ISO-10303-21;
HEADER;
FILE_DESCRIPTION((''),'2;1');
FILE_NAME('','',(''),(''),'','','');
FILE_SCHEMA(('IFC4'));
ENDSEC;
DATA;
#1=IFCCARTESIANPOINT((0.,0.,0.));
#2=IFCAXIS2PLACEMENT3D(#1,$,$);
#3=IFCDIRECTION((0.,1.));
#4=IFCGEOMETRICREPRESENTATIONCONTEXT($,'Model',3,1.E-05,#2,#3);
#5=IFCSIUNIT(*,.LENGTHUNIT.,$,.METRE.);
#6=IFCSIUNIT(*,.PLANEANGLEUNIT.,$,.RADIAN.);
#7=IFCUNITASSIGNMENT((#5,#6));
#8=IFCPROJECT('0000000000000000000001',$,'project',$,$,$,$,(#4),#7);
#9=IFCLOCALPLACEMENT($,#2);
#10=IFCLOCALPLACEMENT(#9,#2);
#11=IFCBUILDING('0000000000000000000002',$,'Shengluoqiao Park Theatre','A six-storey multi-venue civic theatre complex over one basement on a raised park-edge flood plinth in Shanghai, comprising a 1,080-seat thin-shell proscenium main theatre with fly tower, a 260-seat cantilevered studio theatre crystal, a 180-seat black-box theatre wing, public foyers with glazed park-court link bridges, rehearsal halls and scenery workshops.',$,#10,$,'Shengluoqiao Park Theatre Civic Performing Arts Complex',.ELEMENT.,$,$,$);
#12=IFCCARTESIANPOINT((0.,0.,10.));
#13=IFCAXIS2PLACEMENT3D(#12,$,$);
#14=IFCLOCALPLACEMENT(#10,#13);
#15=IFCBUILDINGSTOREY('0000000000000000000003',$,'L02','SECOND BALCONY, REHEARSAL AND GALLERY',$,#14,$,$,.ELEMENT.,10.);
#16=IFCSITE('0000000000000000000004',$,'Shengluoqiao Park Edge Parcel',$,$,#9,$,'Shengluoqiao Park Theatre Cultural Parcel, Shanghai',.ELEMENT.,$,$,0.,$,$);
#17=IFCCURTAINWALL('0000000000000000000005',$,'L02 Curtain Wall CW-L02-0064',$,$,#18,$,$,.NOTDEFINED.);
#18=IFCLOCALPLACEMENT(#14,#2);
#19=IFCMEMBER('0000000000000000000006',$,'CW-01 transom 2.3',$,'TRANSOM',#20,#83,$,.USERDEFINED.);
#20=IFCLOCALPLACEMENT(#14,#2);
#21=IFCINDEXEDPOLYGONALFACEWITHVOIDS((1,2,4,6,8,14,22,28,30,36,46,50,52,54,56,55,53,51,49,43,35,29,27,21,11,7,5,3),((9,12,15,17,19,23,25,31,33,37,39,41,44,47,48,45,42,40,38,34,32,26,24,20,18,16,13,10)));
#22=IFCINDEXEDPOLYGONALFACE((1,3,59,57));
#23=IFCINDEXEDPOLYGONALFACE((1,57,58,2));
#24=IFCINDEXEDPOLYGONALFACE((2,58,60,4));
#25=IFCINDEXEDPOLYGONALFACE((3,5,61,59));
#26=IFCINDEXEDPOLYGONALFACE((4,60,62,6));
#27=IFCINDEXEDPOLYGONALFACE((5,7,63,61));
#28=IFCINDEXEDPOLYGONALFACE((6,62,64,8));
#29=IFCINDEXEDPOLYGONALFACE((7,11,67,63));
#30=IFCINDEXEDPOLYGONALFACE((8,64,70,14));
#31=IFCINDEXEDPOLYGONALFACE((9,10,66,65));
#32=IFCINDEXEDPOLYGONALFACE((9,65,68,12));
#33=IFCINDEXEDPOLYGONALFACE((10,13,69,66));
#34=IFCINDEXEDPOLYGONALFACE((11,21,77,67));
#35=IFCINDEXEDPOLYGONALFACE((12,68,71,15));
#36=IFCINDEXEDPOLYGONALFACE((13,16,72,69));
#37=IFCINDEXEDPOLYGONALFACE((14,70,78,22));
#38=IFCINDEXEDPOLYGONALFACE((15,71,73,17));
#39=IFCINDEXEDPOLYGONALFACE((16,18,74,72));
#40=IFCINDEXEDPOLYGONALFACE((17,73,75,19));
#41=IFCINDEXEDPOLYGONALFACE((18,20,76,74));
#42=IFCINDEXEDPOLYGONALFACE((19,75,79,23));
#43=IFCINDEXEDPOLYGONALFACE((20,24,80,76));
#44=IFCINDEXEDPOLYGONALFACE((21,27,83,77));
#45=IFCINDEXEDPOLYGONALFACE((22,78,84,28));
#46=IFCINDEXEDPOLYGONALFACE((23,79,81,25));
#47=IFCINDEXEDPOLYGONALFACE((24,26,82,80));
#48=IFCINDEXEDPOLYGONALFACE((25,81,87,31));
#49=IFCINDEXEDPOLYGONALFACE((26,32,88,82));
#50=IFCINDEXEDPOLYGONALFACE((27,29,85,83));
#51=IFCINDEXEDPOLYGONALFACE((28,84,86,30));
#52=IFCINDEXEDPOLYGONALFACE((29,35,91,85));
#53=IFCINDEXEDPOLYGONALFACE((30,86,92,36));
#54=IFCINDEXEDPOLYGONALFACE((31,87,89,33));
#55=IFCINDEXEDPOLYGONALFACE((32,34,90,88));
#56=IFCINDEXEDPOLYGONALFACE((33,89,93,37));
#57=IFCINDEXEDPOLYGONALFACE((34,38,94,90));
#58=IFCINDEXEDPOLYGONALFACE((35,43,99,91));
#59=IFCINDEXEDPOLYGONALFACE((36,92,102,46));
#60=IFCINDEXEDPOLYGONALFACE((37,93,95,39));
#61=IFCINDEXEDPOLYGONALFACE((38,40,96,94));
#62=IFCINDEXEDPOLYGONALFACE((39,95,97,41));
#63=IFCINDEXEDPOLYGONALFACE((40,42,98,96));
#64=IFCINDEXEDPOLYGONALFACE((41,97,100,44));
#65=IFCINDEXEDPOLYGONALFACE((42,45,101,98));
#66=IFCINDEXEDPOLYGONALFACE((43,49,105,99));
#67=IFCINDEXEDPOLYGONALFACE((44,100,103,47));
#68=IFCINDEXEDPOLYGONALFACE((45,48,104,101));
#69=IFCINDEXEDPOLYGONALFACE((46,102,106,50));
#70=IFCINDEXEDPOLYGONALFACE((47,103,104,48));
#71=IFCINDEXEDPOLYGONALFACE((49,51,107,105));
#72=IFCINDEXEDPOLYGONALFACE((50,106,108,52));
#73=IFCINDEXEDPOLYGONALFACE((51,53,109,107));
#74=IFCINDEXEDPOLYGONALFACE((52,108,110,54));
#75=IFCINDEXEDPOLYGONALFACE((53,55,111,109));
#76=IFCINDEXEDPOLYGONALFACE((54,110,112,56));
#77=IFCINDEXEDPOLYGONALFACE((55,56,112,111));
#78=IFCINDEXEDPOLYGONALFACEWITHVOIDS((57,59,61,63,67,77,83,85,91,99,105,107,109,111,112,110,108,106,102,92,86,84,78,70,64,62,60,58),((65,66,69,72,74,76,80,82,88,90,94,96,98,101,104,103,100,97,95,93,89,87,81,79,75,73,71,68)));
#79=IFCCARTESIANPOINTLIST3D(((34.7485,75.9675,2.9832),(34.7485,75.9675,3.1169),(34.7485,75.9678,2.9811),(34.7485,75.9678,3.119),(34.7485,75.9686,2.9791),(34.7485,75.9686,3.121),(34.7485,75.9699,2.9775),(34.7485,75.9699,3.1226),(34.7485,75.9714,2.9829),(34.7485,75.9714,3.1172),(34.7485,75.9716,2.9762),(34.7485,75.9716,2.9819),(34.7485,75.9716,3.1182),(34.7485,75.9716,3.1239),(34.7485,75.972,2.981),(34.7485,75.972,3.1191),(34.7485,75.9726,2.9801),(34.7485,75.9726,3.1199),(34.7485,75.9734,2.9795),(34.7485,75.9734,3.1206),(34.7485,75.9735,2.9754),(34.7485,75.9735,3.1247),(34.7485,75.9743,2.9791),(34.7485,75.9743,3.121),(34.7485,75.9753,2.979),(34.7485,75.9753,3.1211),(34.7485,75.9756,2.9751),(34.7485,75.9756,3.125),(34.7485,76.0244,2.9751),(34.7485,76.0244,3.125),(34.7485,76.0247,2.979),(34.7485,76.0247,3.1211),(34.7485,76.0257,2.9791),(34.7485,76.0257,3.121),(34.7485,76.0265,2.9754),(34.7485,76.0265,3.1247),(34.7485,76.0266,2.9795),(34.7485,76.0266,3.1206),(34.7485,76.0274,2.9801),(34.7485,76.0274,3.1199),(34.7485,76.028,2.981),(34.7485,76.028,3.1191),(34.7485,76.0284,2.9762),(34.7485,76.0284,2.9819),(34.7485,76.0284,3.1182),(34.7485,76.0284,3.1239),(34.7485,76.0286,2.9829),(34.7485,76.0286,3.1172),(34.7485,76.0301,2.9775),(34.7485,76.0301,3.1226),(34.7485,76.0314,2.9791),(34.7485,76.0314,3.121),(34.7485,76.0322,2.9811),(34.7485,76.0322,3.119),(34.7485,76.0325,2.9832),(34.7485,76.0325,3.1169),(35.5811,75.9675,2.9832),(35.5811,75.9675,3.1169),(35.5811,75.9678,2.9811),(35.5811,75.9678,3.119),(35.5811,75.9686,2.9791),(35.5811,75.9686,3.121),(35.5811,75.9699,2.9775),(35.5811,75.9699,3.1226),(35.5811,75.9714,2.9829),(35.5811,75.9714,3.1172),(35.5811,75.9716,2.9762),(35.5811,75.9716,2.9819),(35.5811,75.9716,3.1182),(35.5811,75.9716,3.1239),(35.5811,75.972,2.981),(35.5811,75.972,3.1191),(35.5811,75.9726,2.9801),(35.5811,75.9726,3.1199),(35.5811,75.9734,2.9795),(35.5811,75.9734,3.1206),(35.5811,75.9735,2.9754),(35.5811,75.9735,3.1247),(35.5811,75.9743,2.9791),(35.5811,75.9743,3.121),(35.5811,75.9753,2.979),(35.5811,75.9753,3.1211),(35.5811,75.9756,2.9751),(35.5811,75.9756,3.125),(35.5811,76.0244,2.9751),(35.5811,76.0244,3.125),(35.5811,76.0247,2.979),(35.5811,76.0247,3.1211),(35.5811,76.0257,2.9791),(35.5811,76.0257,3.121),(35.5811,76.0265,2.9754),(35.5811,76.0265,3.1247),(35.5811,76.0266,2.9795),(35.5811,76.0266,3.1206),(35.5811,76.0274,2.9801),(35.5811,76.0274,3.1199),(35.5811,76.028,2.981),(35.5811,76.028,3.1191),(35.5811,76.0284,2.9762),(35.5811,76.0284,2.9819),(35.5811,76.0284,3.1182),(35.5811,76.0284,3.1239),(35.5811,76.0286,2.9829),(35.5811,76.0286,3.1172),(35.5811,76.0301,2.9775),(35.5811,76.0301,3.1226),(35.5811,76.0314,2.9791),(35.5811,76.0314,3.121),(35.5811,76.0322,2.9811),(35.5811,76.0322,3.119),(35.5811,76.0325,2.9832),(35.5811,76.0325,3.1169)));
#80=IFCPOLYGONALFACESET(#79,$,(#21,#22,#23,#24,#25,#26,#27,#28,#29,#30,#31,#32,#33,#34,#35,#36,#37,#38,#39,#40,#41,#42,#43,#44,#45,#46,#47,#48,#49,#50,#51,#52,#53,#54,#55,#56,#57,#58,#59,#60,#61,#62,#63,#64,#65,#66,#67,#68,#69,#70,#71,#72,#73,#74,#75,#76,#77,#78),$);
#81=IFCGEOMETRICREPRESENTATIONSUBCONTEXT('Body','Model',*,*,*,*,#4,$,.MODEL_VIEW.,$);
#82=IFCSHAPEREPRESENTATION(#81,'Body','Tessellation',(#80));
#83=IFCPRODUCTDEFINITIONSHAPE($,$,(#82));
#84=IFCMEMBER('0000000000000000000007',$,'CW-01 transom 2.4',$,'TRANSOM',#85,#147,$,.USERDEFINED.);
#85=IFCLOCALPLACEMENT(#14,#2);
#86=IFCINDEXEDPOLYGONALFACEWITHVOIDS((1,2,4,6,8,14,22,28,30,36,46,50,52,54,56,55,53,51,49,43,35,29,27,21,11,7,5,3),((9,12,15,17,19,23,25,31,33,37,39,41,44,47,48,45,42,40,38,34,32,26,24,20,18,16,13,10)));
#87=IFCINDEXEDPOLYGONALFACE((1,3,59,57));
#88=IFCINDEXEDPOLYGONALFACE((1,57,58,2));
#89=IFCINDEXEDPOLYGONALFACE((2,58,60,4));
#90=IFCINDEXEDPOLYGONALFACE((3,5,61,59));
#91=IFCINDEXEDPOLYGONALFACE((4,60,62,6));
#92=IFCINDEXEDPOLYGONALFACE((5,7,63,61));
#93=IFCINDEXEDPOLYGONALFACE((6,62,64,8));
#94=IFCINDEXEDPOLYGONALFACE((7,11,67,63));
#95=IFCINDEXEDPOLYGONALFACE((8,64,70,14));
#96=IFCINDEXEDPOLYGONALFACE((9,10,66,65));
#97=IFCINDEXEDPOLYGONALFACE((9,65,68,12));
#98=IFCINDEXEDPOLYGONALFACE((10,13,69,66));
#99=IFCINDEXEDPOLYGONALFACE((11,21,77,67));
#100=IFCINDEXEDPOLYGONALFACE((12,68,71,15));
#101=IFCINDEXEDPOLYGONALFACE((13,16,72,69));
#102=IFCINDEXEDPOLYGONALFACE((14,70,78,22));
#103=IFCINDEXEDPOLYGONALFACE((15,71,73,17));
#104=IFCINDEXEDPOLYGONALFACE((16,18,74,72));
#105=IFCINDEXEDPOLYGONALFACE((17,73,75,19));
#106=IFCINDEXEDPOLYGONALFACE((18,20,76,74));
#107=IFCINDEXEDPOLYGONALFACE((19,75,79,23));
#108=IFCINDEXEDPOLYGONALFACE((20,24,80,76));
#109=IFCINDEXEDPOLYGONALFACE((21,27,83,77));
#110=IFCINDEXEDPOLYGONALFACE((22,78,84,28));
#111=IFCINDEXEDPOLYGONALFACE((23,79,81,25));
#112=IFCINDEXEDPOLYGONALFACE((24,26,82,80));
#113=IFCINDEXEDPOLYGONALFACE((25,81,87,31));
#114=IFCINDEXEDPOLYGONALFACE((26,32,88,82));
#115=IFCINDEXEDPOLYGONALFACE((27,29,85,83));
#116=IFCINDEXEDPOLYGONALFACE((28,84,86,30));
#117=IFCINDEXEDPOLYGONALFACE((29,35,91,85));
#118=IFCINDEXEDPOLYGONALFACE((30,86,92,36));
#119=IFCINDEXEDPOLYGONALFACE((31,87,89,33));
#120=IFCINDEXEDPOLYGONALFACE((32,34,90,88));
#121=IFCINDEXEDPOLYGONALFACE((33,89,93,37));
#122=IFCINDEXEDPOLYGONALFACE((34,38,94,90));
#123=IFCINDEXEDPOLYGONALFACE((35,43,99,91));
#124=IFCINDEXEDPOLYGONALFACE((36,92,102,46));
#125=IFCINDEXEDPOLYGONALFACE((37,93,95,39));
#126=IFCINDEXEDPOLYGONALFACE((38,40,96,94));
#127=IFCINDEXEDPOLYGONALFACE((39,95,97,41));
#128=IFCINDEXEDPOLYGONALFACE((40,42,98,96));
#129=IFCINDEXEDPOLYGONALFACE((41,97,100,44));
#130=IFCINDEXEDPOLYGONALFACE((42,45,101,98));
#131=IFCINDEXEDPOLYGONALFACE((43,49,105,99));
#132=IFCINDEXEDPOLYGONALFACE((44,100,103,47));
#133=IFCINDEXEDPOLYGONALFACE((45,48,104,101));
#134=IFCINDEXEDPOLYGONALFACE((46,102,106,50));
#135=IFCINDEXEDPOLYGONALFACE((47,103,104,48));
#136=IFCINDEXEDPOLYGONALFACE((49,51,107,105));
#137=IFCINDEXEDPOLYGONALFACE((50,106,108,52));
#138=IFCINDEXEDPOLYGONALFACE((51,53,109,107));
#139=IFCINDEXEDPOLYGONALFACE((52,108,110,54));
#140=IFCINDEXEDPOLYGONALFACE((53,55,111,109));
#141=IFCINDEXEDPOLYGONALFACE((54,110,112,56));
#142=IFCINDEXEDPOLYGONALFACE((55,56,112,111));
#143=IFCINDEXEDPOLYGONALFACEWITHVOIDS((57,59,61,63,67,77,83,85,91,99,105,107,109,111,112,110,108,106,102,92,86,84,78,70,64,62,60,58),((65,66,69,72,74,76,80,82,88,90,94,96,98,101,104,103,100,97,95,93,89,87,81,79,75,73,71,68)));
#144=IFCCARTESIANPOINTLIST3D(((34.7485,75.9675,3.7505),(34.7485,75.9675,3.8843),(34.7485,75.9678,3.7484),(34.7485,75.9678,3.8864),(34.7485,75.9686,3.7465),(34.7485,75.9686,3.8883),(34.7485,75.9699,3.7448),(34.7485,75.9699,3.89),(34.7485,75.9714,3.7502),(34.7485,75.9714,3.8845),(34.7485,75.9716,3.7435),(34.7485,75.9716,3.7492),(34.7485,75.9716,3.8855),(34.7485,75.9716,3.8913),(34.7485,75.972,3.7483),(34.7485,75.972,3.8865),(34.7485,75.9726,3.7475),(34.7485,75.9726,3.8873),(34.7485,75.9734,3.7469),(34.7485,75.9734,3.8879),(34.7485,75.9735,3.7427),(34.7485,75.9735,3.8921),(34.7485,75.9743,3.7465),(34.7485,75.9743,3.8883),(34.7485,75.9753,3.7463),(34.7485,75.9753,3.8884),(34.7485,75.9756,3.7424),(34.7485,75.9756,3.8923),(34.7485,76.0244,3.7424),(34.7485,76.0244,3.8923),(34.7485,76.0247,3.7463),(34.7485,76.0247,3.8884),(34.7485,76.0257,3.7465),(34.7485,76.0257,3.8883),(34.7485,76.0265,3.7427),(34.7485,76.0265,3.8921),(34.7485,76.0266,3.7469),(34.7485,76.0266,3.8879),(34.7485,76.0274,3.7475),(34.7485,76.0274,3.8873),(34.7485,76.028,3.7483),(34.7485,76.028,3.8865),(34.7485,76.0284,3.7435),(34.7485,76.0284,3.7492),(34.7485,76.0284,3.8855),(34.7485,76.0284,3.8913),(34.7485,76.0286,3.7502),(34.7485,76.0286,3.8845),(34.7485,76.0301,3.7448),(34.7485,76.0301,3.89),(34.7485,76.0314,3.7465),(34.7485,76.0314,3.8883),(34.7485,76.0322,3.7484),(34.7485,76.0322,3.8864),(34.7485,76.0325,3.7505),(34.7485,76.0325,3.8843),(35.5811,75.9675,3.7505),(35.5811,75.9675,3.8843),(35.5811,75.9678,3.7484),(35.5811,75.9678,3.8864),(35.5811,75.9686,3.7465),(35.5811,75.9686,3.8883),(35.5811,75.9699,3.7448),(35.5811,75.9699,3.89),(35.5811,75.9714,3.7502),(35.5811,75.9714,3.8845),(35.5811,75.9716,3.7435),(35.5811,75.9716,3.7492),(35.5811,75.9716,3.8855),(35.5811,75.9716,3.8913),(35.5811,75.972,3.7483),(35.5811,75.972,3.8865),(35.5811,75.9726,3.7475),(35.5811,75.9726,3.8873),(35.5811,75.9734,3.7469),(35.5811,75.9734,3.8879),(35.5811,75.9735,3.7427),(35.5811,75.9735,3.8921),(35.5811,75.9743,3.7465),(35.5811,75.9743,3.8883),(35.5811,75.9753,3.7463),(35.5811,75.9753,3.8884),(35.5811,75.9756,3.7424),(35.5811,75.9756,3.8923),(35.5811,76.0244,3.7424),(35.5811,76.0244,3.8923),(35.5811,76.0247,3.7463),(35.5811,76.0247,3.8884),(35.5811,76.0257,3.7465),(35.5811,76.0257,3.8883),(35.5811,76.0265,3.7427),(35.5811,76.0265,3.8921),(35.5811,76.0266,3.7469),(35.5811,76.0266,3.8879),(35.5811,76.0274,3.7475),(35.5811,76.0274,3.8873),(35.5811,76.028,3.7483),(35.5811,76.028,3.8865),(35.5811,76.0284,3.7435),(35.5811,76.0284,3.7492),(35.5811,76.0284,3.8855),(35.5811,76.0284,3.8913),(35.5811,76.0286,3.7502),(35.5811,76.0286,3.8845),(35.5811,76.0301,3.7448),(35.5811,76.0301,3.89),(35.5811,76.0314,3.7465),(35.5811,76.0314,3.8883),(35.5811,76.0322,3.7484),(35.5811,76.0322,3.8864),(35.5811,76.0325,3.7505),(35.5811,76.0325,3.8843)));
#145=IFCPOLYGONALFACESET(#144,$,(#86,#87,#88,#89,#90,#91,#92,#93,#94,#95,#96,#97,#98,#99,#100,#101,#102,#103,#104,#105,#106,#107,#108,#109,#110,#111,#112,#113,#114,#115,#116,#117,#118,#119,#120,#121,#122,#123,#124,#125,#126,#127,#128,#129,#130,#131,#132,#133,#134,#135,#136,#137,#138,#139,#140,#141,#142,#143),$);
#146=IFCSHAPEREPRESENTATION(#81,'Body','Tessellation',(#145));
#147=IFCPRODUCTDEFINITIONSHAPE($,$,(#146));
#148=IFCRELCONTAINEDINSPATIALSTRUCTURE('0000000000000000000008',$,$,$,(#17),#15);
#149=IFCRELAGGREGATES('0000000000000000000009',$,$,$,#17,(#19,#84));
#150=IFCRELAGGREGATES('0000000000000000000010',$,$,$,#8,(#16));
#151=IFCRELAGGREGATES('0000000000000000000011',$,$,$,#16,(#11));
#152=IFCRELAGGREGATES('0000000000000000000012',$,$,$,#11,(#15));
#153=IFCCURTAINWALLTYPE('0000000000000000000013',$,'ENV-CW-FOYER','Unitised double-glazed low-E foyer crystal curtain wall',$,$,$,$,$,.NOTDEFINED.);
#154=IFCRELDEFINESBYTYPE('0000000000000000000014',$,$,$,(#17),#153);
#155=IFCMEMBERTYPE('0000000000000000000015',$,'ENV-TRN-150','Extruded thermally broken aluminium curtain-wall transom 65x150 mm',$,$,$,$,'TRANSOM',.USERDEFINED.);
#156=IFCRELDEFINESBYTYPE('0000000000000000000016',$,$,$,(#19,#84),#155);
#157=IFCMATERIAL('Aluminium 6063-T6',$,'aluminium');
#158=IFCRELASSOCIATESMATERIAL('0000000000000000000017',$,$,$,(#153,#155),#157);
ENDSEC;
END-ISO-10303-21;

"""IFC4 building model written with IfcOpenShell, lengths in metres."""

from ifc_helpers import new_model, si_unit, direction, frame, origin, origin_2d, place, context, subcontext, project, spatial, hollow_rectangle, extrude, material, material_profile, profile_set, type_object, element, aggregate, save


model = new_model("IFC4")

# Units and contexts
model_context = context("Model", 3, precision=1e-05, world=origin(), true_north=direction((0.0, 1.0)))
body_context = subcontext(model_context, "Body", "Model", "MODEL_VIEW")
ifc_project = project(units=[si_unit("LENGTHUNIT", "METRE"), si_unit("PLANEANGLEUNIT", "RADIAN")], contexts=[model_context])

# Site, building, storey
site_placement = place(None, origin())
site = spatial("IfcSite", under=ifc_project, at=site_placement, Name="Shengluoqiao Park Edge Parcel", LongName="Shengluoqiao Park Theatre Cultural Parcel, Shanghai", CompositionType="ELEMENT", RefElevation=0.0)
building_placement = place(site_placement, origin())
building = spatial("IfcBuilding", under=site, at=building_placement, Name="Shengluoqiao Park Theatre", Description="A six-storey multi-venue civic theatre complex over one basement on a raised park-edge flood plinth in Shanghai, comprising a 1,080-seat thin-shell proscenium main theatre with fly tower, a 260-seat cantilevered studio theatre crystal, a 180-seat black-box theatre wing, public foyers with glazed park-court link bridges, rehearsal halls and scenery workshops.", LongName="Shengluoqiao Park Theatre Civic Performing Arts Complex", CompositionType="ELEMENT")
storey_placement = place(building_placement, frame((0.0, 0.0, 10.0)))
storey = spatial("IfcBuildingStorey", under=building, at=storey_placement, Name="L02", Description="SECOND BALCONY, REHEARSAL AND GALLERY", CompositionType="ELEMENT", Elevation=10.0)

# Curtain wall
ifc_material_1 = material(Name="Aluminium 6063-T6", Category="aluminium")
curtain_wall_type = type_object("IfcCurtainWallType", Name="ENV-CW-FOYER", Description="Unitised double-glazed low-E foyer crystal curtain wall", PredefinedType="NOTDEFINED", material=ifc_material_1)
curtain_wall_1_placement = place(storey_placement, origin())
curtain_wall_1 = element("IfcCurtainWall", 1, at=curtain_wall_1_placement, inside=storey, type_object=curtain_wall_type, Name="L02 Curtain Wall CW-L02-0064", PredefinedType="NOTDEFINED")

# Members
ifc_material_profile_1 = material_profile(ifc_material_1, hollow_rectangle(XDim=0.0649, YDim=0.1499, WallThickness=0.0039, InnerFilletRadius=0.0039, OuterFilletRadius=0.0081, at=origin_2d()), Name="ALU TRANSOM 150x65x4")
ifc_profile_set_1 = profile_set([ifc_material_profile_1], Name="Aluminium 6063-T6")
member_type_1 = type_object("IfcMemberType", Name="ENV-TRN-150", Description="Extruded thermally broken aluminium curtain-wall transom 65x150 mm", ElementType="TRANSOM", PredefinedType="USERDEFINED", material=ifc_profile_set_1)
member_1_placement = place(storey_placement, frame((34.7485, 76.0, 3.05), z_axis=(1.0, 0.0, 0.0), x_axis=(0.0, 1.0, 0.0)))
member_1 = element("IfcMember", 2, at=member_1_placement, type_object=member_type_1, Name="CW-01 transom 2.3", ObjectType="TRANSOM", PredefinedType="USERDEFINED", context=body_context, shape_type="SweptSolid", body=[
    extrude(hollow_rectangle(XDim=0.0649, YDim=0.1499, WallThickness=0.0039, InnerFilletRadius=0.0039, OuterFilletRadius=0.0081, at=origin_2d()), origin(), (0.0, 0.0, 1.0), 0.8325),
])
member_2_placement = place(storey_placement, frame((34.7485, 76.0, 3.8174), z_axis=(1.0, 0.0, 0.0), x_axis=(0.0, 1.0, 0.0)))
member_2 = element("IfcMember", 3, at=member_2_placement, type_object=member_type_1, Name="CW-01 transom 2.4", ObjectType="TRANSOM", PredefinedType="USERDEFINED", context=body_context, shape_type="SweptSolid", body=[
    extrude(hollow_rectangle(XDim=0.0649, YDim=0.1499, WallThickness=0.0039, InnerFilletRadius=0.0039, OuterFilletRadius=0.0081, at=origin_2d()), origin(), (0.0, 0.0, 1.0), 0.8325),
])

aggregate(curtain_wall_1, [member_1, member_2])

save(model, "model.ifc")
